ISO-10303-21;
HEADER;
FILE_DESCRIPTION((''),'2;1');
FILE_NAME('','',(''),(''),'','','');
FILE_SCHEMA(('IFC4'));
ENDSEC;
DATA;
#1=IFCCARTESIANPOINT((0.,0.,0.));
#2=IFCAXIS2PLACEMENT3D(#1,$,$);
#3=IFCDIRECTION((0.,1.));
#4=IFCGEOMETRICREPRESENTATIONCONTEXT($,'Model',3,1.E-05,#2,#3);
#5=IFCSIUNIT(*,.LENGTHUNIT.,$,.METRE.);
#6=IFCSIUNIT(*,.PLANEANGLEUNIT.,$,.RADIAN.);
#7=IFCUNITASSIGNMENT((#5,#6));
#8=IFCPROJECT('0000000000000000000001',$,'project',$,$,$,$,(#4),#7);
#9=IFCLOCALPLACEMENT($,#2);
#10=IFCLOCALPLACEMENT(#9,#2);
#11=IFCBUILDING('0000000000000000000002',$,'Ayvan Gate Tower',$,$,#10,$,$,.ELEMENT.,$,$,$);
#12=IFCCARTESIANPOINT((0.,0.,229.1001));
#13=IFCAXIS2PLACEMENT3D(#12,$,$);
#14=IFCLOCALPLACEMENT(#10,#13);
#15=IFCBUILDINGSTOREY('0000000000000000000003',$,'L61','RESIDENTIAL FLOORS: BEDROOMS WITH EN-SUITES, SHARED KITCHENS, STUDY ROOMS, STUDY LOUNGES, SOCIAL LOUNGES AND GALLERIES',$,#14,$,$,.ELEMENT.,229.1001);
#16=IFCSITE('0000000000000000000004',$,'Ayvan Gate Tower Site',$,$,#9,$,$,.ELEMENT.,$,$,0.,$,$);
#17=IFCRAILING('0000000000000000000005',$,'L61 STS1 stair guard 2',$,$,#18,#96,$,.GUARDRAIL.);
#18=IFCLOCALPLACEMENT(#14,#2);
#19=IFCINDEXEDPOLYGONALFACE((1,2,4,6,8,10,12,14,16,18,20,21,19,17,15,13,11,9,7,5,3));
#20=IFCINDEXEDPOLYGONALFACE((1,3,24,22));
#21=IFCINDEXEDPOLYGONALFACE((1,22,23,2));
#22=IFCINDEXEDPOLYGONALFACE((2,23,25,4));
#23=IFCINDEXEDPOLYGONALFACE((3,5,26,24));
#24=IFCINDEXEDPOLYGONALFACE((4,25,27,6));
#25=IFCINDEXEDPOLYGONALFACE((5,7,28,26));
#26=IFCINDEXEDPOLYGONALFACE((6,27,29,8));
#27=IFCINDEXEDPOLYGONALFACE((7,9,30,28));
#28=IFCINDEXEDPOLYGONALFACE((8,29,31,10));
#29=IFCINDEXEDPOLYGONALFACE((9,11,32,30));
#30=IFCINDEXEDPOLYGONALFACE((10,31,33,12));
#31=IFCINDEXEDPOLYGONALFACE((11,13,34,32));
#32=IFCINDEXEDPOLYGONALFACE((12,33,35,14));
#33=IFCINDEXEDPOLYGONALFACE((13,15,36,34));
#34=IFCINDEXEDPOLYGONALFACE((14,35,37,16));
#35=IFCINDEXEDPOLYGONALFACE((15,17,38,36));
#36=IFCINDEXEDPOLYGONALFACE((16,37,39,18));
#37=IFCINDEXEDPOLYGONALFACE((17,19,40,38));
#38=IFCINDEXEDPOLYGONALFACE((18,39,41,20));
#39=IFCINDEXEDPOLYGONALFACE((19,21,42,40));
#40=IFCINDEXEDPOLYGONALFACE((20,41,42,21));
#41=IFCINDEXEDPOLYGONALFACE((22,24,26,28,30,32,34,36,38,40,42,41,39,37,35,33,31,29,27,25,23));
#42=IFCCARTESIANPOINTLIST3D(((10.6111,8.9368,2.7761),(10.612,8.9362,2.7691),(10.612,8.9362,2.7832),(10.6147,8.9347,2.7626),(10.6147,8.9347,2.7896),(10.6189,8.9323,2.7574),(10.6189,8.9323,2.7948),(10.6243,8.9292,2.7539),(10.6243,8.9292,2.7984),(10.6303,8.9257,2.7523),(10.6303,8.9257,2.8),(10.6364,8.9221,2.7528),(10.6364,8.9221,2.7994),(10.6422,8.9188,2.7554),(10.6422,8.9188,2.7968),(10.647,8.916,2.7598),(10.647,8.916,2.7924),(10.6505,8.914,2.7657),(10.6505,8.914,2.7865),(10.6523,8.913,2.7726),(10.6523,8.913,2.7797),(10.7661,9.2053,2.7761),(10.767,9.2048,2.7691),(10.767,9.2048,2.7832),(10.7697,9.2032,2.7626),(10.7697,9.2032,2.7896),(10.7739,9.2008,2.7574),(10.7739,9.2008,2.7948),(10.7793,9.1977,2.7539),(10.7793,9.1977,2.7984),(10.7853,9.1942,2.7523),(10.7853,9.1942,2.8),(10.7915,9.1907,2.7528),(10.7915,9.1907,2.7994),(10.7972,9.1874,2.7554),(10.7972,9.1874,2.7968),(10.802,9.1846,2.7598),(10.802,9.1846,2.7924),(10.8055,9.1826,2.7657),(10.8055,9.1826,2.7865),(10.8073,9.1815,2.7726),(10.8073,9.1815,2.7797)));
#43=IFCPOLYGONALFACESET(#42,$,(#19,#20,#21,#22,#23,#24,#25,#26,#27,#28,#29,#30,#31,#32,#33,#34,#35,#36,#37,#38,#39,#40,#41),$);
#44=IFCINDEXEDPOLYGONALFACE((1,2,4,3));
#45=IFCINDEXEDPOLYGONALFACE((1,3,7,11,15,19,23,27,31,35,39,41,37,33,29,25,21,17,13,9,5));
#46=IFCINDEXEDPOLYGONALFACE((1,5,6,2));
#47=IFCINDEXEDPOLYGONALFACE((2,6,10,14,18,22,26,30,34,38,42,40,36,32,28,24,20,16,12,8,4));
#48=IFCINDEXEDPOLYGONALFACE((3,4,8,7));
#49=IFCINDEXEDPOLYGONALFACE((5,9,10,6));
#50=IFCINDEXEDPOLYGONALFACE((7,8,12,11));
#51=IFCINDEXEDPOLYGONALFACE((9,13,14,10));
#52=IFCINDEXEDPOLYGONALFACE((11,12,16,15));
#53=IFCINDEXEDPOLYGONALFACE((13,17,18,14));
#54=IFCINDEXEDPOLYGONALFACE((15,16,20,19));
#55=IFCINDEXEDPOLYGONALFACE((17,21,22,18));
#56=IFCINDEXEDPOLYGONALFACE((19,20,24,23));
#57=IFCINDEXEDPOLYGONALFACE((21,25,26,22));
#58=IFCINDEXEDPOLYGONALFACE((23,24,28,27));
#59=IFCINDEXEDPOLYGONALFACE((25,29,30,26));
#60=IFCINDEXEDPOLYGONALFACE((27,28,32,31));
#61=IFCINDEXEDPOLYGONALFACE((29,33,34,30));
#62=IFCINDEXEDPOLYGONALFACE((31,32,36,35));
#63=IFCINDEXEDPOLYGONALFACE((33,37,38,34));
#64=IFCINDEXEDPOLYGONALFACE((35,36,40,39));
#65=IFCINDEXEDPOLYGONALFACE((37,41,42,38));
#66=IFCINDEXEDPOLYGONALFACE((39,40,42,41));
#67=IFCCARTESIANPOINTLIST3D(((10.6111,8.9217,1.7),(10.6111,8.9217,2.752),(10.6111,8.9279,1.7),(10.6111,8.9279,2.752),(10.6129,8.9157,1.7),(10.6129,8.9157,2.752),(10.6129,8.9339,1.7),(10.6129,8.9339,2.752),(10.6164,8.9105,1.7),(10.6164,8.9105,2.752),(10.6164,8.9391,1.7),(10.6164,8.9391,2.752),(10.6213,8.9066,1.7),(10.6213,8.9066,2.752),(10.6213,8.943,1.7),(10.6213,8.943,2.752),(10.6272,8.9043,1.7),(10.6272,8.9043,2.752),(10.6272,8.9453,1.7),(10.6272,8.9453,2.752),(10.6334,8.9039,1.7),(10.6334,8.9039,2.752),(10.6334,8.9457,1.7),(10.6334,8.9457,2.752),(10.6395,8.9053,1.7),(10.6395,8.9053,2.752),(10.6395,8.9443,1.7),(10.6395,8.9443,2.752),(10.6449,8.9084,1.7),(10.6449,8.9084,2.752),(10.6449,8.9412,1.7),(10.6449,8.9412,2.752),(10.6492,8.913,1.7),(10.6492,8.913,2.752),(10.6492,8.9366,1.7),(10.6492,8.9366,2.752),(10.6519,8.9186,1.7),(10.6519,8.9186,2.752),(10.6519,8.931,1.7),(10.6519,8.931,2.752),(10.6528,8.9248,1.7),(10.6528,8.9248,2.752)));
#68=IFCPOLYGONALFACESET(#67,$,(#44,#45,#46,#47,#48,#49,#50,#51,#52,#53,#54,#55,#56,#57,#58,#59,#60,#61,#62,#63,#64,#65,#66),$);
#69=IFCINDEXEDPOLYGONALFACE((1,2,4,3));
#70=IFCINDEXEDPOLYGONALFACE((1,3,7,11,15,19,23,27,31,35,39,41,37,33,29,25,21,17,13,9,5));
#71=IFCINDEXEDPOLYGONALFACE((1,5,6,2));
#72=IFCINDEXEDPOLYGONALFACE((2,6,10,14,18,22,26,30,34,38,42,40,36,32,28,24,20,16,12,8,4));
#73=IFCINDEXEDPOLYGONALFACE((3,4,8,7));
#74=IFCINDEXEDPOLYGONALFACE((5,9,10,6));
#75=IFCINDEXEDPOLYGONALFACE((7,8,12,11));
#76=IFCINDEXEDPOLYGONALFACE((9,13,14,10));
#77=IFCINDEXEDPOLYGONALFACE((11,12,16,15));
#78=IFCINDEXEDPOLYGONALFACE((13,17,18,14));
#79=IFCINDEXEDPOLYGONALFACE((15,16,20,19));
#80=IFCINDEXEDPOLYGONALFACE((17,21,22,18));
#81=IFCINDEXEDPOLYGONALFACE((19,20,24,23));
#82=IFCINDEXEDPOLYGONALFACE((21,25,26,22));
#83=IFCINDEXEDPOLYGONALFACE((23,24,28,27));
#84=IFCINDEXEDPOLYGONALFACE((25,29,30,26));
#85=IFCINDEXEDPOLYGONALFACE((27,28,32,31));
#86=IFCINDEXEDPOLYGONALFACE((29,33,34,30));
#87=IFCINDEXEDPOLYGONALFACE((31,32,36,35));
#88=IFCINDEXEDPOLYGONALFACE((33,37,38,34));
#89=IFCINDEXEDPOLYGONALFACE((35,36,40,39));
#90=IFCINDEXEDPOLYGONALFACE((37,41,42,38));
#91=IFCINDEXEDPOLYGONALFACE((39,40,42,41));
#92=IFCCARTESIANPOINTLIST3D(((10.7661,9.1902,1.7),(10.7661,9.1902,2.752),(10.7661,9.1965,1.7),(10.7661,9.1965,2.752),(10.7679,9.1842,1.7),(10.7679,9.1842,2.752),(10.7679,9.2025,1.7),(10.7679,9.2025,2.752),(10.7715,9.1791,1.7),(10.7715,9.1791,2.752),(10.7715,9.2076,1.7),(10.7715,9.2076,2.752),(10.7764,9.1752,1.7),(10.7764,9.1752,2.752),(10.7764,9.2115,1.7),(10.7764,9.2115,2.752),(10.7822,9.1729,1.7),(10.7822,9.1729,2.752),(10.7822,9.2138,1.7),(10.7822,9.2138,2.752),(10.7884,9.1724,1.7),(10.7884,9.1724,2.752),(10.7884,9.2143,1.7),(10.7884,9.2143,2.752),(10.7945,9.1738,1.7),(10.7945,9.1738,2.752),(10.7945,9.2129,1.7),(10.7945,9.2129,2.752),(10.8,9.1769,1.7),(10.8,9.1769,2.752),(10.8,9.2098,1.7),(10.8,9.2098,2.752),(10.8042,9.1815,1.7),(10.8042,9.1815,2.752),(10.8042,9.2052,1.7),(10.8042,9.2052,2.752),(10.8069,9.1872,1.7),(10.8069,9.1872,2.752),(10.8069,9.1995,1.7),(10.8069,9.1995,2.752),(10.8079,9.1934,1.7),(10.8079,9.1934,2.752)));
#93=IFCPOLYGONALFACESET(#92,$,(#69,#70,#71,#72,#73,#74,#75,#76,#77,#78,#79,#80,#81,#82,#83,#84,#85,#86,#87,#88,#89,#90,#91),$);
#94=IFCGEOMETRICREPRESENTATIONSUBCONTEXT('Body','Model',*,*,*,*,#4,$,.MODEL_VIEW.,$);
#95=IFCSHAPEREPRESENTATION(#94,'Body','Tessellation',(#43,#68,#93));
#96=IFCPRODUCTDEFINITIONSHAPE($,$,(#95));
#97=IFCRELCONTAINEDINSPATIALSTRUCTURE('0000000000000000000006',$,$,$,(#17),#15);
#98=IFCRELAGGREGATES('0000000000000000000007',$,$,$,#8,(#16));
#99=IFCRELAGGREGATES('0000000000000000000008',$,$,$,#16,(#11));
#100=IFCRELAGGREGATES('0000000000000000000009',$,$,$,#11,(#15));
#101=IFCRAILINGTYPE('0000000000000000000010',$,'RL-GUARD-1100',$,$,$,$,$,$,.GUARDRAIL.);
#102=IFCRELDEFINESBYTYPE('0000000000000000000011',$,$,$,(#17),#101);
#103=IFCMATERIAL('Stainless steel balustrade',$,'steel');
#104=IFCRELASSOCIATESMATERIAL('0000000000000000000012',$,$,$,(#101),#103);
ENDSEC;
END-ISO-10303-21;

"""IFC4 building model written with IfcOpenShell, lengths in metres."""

from ifc_helpers import new_model, si_unit, direction, frame, origin, origin_2d, place, context, subcontext, project, spatial, circle, extrude, material, type_object, element, save


model = new_model("IFC4")

# Units and contexts
model_context = context("Model", 3, precision=1e-05, world=origin(), true_north=direction((0.0, 1.0)))
body_context = subcontext(model_context, "Body", "Model", "MODEL_VIEW")
ifc_project = project(units=[si_unit("LENGTHUNIT", "METRE"), si_unit("PLANEANGLEUNIT", "RADIAN")], contexts=[model_context])

# Site, building, storey
site_placement = place(None, origin())
site = spatial("IfcSite", under=ifc_project, at=site_placement, Name="Ayvan Gate Tower Site", CompositionType="ELEMENT", RefElevation=0.0)
building_placement = place(site_placement, origin())
building = spatial("IfcBuilding", under=site, at=building_placement, Name="Ayvan Gate Tower", CompositionType="ELEMENT")
storey_placement = place(building_placement, frame((0.0, 0.0, 229.1001)))
storey = spatial("IfcBuildingStorey", under=building, at=storey_placement, Name="L61", Description="RESIDENTIAL FLOORS: BEDROOMS WITH EN-SUITES, SHARED KITCHENS, STUDY ROOMS, STUDY LOUNGES, SOCIAL LOUNGES AND GALLERIES", CompositionType="ELEMENT", Elevation=229.1001)

# Railing
ifc_material_1 = material(Name="Stainless steel balustrade", Category="steel")
railing_type_1 = type_object("IfcRailingType", Name="RL-GUARD-1100", PredefinedType="GUARDRAIL", material=ifc_material_1)
railing_1_placement = place(storey_placement, frame((10.6318, 8.9248, 1.7)))
element("IfcRailing", 1, at=railing_1_placement, inside=storey, type_object=railing_type_1, Name="L61 STS1 stair guard 2", PredefinedType="GUARDRAIL", context=body_context, shape_type="SweptSolid", body=[
    extrude(circle(Radius=0.0239, at=origin_2d()), frame((0.0, 0.0, 1.0762), z_axis=(0.49995, 0.866054, 0.0), x_axis=(-0.866054, 0.49995, 0.0)), (0.0, 0.0, 1.0), 0.3101),
    extrude(circle(Radius=0.021, at=origin_2d()), origin(), (0.0, 0.0, 1.0), 1.052),
    extrude(circle(Radius=0.021, at=origin_2d()), frame((0.155, 0.2686, 0.0)), (0.0, 0.0, 1.0), 1.052),
])

save(model, "model.ifc")
